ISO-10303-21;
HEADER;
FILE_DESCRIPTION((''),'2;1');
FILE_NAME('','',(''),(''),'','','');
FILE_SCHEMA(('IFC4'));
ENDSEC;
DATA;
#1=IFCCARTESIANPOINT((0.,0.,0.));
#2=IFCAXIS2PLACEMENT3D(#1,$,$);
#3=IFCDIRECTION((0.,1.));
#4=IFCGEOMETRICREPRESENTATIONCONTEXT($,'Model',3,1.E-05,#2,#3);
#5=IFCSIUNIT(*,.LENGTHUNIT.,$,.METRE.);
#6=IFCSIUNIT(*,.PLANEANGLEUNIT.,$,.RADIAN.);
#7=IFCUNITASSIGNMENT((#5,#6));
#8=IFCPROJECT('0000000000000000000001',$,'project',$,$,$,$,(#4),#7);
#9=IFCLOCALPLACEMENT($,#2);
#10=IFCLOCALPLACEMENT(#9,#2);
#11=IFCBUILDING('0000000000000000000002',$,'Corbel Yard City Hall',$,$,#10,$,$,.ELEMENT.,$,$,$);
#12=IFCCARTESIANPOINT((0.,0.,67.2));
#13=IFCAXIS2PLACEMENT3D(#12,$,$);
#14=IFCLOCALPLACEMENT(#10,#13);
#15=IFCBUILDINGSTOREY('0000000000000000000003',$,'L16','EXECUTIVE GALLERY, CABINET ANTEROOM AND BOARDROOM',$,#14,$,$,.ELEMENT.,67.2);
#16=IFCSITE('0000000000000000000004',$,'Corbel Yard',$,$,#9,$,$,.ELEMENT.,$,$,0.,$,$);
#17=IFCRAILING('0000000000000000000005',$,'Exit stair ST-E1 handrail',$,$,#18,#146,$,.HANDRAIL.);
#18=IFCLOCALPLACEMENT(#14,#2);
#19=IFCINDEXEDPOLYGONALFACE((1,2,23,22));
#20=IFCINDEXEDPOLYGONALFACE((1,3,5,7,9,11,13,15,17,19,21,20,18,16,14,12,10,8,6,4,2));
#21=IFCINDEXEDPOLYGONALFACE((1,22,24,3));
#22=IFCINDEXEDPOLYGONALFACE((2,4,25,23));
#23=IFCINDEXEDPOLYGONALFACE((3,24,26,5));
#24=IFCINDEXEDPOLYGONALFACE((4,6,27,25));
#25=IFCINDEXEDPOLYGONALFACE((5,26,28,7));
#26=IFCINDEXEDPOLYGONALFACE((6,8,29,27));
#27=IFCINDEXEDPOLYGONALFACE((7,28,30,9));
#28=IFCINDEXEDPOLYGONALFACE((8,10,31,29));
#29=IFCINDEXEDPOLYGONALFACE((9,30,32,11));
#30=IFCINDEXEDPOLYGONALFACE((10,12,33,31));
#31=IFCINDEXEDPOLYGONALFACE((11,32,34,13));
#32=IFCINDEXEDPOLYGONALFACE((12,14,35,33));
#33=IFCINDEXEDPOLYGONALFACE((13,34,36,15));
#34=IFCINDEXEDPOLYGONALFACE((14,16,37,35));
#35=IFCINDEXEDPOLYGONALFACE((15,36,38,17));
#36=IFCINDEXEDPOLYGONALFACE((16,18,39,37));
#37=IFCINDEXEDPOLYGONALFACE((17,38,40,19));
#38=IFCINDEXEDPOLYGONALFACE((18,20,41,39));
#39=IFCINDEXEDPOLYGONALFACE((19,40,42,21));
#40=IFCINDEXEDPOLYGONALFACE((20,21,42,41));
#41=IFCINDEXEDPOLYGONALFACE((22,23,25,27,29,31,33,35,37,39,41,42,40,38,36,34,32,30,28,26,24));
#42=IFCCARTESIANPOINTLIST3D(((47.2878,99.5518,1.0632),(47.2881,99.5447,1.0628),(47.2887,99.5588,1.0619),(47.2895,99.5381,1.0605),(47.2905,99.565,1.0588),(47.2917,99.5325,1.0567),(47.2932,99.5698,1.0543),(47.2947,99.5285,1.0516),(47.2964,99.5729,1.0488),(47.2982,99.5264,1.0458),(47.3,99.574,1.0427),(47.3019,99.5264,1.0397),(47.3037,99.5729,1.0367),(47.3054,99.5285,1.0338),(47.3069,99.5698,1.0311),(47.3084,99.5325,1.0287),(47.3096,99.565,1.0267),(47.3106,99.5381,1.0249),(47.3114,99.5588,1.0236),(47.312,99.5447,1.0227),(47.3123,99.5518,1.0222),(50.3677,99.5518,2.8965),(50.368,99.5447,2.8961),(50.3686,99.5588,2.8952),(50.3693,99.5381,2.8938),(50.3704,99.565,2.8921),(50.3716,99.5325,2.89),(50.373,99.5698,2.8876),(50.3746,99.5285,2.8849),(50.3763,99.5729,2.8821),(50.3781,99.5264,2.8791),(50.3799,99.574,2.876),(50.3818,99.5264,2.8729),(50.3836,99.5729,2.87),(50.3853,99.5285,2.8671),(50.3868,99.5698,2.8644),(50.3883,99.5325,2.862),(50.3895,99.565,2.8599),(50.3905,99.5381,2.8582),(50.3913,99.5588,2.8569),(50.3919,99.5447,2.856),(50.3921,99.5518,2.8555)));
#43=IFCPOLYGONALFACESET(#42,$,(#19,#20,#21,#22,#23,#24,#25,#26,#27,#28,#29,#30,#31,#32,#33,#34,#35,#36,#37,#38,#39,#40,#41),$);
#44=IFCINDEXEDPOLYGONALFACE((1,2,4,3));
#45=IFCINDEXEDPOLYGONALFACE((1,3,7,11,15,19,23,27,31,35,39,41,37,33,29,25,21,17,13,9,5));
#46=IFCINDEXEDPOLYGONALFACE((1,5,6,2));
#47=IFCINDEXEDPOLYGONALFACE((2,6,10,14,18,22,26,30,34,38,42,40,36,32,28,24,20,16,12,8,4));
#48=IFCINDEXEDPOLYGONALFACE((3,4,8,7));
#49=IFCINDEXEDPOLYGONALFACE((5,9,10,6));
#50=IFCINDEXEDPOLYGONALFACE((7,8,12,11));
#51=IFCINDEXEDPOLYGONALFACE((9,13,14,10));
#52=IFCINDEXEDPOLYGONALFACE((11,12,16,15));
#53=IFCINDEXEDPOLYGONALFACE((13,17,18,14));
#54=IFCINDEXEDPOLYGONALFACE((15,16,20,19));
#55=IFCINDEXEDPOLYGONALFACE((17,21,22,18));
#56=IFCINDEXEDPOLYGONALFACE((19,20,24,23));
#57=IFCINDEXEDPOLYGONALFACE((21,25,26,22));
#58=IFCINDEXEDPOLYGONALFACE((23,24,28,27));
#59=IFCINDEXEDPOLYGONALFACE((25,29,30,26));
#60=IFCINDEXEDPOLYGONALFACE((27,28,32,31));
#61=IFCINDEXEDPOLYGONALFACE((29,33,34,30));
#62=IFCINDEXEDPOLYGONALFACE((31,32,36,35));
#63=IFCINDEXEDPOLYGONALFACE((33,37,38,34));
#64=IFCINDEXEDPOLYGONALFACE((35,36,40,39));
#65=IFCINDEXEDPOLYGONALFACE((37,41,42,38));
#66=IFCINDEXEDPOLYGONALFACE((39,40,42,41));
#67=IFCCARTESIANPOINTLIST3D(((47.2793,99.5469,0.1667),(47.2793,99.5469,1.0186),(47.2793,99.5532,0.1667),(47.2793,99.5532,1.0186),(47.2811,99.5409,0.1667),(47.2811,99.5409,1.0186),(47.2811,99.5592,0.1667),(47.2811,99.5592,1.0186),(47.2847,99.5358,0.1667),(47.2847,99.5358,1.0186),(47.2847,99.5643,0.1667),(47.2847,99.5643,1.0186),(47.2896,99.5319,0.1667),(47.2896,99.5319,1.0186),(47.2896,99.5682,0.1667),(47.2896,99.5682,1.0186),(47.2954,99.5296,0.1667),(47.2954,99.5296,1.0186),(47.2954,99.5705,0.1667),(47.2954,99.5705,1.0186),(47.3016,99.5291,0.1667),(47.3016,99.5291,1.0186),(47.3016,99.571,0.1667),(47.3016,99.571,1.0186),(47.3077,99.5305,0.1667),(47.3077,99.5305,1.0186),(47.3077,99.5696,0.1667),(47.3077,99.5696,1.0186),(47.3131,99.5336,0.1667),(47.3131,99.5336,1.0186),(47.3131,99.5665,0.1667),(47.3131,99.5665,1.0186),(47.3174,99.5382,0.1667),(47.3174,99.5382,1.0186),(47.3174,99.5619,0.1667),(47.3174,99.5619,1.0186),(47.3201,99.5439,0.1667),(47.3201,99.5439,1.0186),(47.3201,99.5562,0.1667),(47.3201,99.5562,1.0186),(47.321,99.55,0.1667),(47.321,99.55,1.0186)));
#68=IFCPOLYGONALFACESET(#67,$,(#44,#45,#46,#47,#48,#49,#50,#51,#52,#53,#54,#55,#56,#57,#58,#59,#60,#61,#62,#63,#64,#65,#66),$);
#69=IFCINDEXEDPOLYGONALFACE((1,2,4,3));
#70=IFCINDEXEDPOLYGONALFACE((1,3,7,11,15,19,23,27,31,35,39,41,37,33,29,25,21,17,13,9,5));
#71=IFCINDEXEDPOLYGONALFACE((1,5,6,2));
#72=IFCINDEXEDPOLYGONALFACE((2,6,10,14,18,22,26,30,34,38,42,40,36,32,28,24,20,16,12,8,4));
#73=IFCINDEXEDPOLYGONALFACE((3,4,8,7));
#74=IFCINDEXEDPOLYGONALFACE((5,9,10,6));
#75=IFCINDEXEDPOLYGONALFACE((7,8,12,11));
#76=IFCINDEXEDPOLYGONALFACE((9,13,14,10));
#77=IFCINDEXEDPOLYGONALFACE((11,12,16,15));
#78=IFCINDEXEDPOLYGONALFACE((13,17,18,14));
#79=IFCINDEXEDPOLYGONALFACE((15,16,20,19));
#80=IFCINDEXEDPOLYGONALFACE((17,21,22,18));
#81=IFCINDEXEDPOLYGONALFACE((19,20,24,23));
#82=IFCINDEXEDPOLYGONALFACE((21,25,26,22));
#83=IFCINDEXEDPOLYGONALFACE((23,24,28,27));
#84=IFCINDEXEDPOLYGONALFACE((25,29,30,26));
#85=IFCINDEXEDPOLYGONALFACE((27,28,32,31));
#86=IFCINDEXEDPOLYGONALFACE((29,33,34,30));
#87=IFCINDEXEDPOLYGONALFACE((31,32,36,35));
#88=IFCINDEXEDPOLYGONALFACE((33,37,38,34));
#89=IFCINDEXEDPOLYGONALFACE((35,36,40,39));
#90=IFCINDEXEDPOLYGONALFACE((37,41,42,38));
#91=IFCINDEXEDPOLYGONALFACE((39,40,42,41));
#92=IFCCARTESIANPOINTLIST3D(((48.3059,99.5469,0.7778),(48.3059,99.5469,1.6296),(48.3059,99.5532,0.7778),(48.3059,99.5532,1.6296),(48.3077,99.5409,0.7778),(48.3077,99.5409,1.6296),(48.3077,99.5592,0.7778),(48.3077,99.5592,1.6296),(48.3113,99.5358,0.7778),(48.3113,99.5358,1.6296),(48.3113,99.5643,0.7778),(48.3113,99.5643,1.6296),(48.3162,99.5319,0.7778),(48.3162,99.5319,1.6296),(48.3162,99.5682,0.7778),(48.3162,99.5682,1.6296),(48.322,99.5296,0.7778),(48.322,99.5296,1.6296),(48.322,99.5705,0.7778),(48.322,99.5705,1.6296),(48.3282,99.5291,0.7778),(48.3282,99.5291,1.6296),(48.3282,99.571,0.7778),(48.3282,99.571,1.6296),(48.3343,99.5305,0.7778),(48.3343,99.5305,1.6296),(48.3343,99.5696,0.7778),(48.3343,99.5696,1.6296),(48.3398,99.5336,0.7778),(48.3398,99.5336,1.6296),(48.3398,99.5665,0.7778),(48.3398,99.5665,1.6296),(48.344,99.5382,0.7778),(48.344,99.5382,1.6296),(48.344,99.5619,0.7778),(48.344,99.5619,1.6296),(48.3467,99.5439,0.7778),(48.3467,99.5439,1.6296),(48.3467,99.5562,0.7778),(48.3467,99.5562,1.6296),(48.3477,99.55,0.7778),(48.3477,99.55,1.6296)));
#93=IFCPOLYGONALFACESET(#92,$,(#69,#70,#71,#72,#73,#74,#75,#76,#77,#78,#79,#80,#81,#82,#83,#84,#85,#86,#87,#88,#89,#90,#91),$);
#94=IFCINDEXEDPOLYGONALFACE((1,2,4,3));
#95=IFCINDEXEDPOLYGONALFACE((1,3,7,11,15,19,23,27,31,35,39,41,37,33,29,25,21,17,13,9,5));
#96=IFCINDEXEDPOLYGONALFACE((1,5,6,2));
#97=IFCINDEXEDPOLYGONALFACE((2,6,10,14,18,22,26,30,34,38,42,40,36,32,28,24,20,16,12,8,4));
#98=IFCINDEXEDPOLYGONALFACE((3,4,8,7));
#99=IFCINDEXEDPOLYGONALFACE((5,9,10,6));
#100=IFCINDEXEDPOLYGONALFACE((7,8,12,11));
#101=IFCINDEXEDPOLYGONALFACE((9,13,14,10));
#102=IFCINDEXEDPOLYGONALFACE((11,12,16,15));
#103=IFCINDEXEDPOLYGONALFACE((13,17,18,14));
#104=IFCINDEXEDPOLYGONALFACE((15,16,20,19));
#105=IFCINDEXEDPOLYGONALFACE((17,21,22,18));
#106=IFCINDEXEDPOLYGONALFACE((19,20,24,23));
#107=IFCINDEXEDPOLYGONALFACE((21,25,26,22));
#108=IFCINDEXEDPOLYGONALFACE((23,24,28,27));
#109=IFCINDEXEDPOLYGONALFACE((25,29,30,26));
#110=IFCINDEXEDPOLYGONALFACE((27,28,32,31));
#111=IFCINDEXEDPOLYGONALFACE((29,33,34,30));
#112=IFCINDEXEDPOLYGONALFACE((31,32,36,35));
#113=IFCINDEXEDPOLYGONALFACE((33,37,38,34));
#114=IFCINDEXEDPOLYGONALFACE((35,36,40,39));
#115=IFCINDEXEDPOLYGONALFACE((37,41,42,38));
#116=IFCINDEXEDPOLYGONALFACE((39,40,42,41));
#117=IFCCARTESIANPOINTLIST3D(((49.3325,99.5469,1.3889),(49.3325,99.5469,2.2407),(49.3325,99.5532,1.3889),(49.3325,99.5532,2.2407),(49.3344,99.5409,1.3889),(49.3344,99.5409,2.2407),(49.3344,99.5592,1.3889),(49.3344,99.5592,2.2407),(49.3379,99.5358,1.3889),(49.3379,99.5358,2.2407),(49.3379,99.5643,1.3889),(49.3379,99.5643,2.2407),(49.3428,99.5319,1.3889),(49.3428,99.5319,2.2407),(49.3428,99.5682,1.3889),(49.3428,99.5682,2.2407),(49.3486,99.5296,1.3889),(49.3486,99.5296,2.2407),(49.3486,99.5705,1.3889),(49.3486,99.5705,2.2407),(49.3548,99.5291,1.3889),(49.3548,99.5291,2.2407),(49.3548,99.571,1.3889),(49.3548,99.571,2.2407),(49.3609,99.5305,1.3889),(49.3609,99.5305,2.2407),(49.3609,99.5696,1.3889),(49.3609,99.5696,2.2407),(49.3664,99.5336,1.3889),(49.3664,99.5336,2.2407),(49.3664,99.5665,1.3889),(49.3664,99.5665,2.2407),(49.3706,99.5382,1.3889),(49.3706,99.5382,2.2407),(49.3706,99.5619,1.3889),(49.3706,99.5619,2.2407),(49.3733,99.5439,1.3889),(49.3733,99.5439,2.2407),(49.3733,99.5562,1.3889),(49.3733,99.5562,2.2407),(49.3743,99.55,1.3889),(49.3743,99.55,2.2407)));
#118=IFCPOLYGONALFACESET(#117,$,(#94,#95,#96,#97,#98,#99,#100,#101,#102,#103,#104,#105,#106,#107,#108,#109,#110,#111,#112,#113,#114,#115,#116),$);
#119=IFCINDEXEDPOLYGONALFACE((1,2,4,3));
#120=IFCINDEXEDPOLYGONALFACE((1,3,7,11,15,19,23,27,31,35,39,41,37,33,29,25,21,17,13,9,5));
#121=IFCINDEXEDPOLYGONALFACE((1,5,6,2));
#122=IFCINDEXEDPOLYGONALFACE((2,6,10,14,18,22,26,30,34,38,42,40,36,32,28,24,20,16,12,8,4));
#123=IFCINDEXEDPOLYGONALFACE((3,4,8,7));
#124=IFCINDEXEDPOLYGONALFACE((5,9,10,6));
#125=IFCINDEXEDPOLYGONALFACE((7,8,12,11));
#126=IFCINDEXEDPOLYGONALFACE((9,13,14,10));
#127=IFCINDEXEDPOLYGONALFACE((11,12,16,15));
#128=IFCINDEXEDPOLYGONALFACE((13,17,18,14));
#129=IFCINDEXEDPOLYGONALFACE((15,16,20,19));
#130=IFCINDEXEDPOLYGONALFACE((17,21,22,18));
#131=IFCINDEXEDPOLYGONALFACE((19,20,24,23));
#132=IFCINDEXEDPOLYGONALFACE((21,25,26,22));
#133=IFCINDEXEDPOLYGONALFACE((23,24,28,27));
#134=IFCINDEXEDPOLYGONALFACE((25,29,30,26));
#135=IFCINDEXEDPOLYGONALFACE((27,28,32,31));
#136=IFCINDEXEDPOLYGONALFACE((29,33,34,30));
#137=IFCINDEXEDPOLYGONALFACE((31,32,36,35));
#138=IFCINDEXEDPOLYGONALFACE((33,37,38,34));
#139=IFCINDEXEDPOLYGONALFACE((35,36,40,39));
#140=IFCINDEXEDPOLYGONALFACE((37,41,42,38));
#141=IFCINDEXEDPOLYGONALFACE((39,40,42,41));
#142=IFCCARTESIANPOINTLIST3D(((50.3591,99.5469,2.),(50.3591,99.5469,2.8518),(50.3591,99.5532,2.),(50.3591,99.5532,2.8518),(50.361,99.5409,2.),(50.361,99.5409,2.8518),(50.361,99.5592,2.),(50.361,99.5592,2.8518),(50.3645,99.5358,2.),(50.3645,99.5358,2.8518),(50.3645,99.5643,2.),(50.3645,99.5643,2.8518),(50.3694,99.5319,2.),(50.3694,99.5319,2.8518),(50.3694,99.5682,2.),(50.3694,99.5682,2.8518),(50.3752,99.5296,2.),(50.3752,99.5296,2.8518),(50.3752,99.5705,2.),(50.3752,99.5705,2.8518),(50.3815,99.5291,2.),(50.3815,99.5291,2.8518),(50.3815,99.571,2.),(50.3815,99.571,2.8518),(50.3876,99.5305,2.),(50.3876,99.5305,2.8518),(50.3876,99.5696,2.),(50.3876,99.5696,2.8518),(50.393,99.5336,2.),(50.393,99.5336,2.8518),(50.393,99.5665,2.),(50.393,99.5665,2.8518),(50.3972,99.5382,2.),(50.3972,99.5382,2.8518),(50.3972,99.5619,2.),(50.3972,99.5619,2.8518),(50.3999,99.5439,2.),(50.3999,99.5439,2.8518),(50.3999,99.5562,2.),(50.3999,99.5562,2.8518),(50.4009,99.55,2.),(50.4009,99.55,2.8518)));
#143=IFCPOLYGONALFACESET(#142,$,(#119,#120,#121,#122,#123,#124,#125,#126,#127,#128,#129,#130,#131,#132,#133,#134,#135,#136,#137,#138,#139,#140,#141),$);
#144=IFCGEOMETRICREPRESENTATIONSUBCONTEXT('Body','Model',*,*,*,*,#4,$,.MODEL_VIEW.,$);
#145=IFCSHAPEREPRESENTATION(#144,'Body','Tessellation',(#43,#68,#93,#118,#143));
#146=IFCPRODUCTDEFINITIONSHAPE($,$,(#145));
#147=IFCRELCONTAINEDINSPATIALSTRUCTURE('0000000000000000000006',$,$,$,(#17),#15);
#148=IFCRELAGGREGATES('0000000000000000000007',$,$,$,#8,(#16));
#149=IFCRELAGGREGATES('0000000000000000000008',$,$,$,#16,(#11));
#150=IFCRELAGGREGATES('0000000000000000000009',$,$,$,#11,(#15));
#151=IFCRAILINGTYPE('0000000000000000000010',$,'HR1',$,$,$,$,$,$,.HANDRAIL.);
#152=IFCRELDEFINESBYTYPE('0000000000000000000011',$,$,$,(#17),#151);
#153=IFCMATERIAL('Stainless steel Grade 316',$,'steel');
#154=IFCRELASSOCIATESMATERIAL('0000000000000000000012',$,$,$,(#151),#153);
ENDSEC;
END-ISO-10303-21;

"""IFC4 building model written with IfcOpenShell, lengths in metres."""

from ifc_helpers import new_model, si_unit, direction, frame, origin, origin_2d, place, context, subcontext, project, spatial, circle, extrude, material, type_object, element, save


model = new_model("IFC4")

# Units and contexts
model_context = context("Model", 3, precision=1e-05, world=origin(), true_north=direction((0.0, 1.0)))
body_context = subcontext(model_context, "Body", "Model", "MODEL_VIEW")
ifc_project = project(units=[si_unit("LENGTHUNIT", "METRE"), si_unit("PLANEANGLEUNIT", "RADIAN")], contexts=[model_context])

# Site, building, storey
site_placement = place(None, origin())
site = spatial("IfcSite", under=ifc_project, at=site_placement, Name="Corbel Yard", CompositionType="ELEMENT", RefElevation=0.0)
building_placement = place(site_placement, origin())
building = spatial("IfcBuilding", under=site, at=building_placement, Name="Corbel Yard City Hall", CompositionType="ELEMENT")
storey_placement = place(building_placement, frame((0.0, 0.0, 67.2)))
storey = spatial("IfcBuildingStorey", under=building, at=storey_placement, Name="L16", Description="EXECUTIVE GALLERY, CABINET ANTEROOM AND BOARDROOM", CompositionType="ELEMENT", Elevation=67.2)

# Railing
ifc_material_1 = material(Name="Stainless steel Grade 316", Category="steel")
railing_type = type_object("IfcRailingType", Name="HR1", PredefinedType="HANDRAIL", material=ifc_material_1)
for number, where, name in (
    (1, (47.3, 99.55, 0.1667), "Exit stair ST-E1 handrail"),
):
    element("IfcRailing", number, at=place(storey_placement, frame(where)), inside=storey, type_object=railing_type, Name=name, PredefinedType="HANDRAIL", context=body_context, shape_type="SweptSolid", body=[
        extrude(circle(Radius=0.0239, at=origin_2d()), frame((0.0, 0.0, 0.876), z_axis=(0.859291, 0.0, 0.511487), x_axis=(0.0, 1.0, 0.0)), (0.0, 0.0, 1.0), 3.5842),
        extrude(circle(Radius=0.021, at=origin_2d()), origin(), (0.0, 0.0, 1.0), 0.8518),
        extrude(circle(Radius=0.021, at=origin_2d()), frame((1.0266, 0.0, 0.6111)), (0.0, 0.0, 1.0), 0.8518),
        extrude(circle(Radius=0.021, at=origin_2d()), frame((2.0532, 0.0, 1.2222)), (0.0, 0.0, 1.0), 0.8518),
        extrude(circle(Radius=0.021, at=origin_2d()), frame((3.0798, 0.0, 1.8333)), (0.0, 0.0, 1.0), 0.8518),
    ])

save(model, "model.ifc")
